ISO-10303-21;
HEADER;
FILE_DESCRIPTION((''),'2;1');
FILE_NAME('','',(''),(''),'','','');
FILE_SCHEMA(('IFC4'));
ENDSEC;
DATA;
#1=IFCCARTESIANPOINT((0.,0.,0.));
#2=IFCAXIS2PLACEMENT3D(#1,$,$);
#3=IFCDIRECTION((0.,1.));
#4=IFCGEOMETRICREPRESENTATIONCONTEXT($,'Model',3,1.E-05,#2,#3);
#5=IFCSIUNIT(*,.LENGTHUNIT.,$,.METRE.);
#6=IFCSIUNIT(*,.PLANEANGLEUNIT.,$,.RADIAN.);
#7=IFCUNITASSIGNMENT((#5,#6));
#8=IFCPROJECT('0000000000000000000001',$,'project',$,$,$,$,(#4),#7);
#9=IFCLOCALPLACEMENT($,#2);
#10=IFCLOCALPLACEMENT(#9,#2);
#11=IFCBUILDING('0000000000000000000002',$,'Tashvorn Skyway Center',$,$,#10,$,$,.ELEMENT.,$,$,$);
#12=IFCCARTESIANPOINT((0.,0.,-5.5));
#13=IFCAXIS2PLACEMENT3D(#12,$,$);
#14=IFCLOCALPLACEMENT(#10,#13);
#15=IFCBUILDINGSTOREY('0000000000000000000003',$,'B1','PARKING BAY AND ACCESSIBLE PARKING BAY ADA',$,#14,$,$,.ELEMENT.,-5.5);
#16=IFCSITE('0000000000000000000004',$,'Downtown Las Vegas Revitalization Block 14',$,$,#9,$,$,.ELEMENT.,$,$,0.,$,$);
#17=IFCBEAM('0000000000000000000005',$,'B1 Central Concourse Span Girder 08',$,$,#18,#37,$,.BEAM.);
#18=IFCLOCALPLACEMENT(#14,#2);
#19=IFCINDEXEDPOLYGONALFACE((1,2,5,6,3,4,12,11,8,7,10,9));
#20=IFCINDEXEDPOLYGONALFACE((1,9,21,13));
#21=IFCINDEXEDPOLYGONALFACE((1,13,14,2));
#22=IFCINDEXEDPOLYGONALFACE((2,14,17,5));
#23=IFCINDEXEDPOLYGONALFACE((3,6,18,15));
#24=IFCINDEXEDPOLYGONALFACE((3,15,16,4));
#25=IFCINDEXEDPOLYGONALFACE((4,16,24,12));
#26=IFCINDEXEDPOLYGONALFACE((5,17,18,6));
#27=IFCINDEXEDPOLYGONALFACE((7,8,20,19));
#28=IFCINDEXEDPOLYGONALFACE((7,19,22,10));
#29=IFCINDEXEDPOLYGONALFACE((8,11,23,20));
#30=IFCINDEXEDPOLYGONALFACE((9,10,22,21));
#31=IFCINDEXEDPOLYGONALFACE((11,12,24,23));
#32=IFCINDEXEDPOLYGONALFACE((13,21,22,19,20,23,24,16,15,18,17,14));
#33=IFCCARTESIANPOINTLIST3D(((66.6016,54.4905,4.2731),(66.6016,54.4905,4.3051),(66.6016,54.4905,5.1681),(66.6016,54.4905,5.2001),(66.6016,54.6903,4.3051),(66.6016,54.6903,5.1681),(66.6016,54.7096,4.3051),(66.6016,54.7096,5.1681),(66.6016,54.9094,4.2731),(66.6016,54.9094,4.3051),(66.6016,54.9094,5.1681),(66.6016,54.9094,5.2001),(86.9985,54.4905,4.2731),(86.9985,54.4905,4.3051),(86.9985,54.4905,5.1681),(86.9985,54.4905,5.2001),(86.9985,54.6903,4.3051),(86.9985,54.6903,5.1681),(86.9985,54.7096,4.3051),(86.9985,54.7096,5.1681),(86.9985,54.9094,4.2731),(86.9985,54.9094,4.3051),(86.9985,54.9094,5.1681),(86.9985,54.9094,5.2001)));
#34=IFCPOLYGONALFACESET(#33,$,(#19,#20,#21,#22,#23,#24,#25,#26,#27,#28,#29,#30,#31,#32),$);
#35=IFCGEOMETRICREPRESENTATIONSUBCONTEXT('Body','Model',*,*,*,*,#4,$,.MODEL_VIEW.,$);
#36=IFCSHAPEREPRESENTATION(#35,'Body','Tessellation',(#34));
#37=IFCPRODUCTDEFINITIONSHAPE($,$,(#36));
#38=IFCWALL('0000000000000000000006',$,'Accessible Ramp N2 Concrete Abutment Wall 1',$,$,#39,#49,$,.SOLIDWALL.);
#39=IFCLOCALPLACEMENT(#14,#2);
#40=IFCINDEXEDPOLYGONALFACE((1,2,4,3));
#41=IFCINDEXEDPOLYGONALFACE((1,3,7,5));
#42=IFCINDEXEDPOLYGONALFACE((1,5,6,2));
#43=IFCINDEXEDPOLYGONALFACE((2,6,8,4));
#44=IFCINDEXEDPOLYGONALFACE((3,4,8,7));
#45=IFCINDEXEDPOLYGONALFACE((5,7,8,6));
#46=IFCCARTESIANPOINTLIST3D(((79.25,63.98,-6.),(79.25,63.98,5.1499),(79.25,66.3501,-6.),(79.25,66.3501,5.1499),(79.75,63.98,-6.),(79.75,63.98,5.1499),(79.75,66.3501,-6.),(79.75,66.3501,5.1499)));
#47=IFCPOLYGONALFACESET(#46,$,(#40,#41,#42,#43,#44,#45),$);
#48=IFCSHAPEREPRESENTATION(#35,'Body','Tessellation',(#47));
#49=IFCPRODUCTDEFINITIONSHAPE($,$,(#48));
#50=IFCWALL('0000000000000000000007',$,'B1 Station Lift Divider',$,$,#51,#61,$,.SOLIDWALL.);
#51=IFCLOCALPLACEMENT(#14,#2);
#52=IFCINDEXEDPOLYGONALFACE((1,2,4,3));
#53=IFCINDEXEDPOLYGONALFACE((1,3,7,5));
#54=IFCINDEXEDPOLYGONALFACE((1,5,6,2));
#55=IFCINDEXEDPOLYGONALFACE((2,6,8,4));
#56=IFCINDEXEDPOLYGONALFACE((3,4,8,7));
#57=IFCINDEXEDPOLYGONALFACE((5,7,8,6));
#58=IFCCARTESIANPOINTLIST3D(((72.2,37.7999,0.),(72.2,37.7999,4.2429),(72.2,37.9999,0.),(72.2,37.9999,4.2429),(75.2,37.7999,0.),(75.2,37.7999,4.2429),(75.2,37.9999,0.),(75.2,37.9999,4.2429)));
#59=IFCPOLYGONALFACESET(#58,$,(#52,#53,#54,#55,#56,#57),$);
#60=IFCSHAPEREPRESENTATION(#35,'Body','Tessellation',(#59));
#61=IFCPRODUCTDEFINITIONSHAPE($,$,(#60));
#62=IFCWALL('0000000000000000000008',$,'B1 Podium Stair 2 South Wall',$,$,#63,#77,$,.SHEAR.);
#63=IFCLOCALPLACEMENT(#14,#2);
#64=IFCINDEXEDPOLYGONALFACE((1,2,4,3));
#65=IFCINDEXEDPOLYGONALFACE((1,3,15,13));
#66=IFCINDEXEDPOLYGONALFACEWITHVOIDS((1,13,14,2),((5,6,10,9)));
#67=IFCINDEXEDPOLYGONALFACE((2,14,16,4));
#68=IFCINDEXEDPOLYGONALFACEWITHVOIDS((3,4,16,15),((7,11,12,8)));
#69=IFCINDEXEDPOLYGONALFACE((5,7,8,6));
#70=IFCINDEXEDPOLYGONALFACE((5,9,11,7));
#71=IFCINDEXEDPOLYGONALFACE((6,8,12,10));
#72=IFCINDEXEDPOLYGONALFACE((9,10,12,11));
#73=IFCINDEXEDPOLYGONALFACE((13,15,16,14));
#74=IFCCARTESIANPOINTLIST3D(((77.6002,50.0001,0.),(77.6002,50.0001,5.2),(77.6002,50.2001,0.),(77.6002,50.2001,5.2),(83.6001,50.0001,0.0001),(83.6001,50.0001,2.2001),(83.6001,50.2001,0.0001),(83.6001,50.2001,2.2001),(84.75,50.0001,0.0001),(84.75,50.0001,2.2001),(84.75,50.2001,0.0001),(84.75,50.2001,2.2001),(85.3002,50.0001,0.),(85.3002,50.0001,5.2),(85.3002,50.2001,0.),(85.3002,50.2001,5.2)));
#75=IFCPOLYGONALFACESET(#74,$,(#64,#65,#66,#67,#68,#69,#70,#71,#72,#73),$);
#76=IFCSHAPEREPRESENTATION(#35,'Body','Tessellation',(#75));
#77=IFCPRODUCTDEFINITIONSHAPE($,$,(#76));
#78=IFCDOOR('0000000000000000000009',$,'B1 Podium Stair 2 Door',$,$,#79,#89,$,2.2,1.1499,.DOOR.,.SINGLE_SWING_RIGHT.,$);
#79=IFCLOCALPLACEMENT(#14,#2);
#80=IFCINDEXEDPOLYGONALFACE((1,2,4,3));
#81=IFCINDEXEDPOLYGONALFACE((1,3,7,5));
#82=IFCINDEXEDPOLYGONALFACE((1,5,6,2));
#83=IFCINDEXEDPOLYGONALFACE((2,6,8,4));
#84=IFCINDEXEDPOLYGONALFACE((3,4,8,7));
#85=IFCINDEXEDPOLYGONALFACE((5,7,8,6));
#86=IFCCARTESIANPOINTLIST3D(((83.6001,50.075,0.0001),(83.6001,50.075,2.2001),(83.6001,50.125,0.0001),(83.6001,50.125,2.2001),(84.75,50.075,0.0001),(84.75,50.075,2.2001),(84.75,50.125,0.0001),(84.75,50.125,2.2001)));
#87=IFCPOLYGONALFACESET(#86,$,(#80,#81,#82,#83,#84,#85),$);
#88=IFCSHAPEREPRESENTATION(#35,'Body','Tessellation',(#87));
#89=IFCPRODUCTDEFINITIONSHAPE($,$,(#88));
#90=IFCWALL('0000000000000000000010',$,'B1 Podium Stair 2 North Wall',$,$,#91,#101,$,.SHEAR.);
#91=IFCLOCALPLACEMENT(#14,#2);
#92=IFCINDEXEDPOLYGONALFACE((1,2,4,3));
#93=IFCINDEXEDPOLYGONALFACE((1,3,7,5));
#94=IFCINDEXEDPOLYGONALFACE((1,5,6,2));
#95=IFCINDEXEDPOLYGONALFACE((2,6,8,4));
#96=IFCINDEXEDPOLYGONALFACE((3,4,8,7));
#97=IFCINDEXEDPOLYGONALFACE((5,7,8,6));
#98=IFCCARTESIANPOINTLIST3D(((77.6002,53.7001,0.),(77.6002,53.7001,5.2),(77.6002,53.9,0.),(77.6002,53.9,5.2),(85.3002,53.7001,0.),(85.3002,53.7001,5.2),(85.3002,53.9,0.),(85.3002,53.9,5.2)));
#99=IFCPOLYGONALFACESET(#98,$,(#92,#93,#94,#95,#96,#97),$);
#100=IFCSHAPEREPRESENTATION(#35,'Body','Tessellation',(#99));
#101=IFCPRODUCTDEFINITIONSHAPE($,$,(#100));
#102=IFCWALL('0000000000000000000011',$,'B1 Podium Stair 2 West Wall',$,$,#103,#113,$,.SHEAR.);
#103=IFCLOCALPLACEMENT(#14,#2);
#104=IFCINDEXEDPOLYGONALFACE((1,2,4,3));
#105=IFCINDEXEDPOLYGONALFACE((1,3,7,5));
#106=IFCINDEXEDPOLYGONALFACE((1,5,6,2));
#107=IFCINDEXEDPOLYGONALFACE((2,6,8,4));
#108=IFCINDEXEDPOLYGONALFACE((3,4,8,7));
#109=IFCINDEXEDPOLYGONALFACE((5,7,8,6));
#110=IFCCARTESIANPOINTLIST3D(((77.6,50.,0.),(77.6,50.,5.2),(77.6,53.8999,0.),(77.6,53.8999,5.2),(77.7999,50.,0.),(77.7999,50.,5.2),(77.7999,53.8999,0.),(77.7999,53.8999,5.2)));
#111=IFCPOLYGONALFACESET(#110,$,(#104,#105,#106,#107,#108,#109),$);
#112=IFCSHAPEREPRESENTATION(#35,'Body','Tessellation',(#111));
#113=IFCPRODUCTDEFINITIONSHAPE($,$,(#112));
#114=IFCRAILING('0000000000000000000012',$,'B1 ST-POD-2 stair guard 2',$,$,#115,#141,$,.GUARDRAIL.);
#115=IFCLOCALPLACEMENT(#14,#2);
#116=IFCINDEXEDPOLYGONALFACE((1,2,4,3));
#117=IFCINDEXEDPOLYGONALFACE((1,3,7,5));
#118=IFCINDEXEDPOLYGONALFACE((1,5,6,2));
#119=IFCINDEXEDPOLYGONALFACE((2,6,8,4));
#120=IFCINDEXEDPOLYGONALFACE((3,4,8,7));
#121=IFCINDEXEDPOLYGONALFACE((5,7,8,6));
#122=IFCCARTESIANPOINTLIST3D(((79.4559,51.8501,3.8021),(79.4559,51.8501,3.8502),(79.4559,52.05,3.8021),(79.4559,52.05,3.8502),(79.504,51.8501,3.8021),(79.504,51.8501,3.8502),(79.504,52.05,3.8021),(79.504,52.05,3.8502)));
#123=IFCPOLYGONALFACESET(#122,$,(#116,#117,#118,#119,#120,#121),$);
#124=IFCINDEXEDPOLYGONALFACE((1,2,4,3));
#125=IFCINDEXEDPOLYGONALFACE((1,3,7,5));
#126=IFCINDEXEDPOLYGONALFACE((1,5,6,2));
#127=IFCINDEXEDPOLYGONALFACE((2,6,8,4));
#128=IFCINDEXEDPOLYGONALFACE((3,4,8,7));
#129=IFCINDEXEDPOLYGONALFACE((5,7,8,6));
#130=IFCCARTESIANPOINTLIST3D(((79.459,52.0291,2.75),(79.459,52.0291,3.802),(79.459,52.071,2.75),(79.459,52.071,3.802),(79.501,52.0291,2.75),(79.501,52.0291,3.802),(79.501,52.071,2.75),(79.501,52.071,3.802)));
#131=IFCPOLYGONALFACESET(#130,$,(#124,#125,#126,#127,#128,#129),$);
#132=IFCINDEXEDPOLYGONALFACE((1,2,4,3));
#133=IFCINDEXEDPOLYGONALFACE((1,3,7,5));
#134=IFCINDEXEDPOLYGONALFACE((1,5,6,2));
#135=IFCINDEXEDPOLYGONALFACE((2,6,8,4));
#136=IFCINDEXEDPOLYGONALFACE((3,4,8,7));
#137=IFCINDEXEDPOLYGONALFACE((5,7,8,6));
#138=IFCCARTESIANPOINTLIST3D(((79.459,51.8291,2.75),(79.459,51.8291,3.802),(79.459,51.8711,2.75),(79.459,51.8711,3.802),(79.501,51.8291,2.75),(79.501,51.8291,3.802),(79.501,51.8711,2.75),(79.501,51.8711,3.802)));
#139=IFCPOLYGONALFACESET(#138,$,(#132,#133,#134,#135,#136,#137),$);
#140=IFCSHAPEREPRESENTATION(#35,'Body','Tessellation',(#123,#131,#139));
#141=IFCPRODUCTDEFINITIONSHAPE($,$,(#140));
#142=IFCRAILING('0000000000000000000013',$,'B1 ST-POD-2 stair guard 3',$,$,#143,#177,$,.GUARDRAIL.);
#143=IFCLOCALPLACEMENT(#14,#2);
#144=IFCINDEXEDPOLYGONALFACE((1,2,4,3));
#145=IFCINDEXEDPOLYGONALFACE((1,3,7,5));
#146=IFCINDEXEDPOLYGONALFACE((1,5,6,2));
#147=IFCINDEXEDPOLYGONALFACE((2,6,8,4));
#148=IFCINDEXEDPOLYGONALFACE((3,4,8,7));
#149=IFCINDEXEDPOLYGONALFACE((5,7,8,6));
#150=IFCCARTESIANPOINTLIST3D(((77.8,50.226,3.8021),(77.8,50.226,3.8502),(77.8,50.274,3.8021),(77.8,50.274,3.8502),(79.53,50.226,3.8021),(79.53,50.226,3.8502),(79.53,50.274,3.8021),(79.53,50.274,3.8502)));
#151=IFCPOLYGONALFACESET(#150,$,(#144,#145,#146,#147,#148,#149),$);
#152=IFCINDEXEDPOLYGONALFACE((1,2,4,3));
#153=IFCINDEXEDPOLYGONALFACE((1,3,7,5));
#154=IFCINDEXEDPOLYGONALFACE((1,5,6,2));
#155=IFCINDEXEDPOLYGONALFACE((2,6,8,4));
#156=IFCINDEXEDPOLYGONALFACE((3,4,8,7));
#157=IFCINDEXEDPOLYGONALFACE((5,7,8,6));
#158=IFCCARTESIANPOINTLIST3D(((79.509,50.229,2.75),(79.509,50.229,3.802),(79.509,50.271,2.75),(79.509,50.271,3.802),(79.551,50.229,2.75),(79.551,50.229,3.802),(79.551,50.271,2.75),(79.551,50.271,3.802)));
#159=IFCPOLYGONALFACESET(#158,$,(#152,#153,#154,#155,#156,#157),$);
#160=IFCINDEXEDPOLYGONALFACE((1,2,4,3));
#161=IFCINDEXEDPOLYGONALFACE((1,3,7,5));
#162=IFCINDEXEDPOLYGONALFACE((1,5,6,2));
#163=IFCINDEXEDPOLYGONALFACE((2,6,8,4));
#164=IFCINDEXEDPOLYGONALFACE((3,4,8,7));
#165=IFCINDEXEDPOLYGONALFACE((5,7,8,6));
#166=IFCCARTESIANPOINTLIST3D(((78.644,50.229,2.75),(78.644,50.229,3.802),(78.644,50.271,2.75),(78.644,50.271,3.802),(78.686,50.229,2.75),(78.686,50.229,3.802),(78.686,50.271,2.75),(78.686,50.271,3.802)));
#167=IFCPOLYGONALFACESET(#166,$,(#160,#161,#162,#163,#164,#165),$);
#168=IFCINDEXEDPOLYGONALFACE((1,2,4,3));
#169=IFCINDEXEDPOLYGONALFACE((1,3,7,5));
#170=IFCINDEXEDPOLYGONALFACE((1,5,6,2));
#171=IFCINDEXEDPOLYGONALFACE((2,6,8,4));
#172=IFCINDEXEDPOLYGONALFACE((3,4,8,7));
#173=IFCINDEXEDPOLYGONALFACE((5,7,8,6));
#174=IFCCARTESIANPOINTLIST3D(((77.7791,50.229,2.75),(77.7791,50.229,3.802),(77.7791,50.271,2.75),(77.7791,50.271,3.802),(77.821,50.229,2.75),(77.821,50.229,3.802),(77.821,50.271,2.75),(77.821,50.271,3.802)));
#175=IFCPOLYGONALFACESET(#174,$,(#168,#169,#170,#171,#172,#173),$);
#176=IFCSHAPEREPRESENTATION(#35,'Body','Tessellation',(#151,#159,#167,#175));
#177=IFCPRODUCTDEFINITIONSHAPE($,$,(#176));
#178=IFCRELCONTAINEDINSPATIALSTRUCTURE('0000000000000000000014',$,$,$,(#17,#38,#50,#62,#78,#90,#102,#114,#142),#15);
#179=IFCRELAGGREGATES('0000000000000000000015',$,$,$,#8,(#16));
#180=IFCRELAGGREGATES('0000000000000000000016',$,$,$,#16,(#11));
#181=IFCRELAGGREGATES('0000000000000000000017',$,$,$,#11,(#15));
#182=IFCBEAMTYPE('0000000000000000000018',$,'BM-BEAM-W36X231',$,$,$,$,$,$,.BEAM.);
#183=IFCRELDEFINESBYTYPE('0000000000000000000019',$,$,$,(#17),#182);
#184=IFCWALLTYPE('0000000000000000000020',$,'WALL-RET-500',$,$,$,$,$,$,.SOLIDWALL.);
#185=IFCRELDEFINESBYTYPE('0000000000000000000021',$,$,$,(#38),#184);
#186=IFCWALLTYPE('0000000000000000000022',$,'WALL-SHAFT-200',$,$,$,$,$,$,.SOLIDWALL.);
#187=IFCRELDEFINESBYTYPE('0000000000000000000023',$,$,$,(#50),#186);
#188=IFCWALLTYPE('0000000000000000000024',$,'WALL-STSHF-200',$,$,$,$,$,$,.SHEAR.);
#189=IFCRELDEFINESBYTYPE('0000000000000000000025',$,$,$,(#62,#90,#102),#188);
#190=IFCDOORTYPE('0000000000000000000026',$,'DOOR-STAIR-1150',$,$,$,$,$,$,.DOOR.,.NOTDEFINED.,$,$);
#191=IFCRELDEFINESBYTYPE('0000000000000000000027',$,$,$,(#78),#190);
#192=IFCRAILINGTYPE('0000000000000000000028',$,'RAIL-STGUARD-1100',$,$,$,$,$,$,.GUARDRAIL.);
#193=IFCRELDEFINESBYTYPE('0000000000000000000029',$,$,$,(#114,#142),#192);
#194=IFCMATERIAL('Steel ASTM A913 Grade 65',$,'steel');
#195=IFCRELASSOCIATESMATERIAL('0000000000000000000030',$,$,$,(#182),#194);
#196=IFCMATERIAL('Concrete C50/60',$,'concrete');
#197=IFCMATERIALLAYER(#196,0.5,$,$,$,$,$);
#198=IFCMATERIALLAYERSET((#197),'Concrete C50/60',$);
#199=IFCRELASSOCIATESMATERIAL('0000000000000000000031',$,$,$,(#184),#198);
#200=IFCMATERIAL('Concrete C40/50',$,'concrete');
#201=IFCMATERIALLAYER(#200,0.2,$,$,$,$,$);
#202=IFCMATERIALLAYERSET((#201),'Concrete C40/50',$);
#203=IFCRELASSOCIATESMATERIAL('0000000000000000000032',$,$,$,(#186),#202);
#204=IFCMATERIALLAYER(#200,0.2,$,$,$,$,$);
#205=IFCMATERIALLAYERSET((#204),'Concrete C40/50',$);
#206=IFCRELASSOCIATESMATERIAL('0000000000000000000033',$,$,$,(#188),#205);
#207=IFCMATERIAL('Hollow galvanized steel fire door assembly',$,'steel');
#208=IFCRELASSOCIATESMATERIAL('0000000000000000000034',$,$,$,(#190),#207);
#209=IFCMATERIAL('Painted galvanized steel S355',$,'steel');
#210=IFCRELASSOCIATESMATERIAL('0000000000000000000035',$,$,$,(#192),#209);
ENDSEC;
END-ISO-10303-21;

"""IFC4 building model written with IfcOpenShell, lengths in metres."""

from ifc_helpers import new_model, si_unit, direction, frame, frame_2d, origin, origin_2d, place, context, subcontext, project, spatial, rectangle, i_section, extrude, material, layer, layer_set, material_profile, profile_set, type_object, element, fill, save


model = new_model("IFC4")

# Units and contexts
model_context = context("Model", 3, precision=1e-05, world=origin(), true_north=direction((0.0, 1.0)))
body_context = subcontext(model_context, "Body", "Model", "MODEL_VIEW")
ifc_project = project(units=[si_unit("LENGTHUNIT", "METRE"), si_unit("PLANEANGLEUNIT", "RADIAN")], contexts=[model_context])

# Site, building, storey
site_placement = place(None, origin())
site = spatial("IfcSite", under=ifc_project, at=site_placement, Name="Downtown Las Vegas Revitalization Block 14", CompositionType="ELEMENT", RefElevation=0.0)
building_placement = place(site_placement, origin())
building = spatial("IfcBuilding", under=site, at=building_placement, Name="Tashvorn Skyway Center", CompositionType="ELEMENT")
storey_placement = place(building_placement, frame((0.0, 0.0, -5.5)))
storey = spatial("IfcBuildingStorey", under=building, at=storey_placement, Name="B1", Description="PARKING BAY AND ACCESSIBLE PARKING BAY ADA", CompositionType="ELEMENT", Elevation=-5.5)

# Shared definitions
ifc_material_1 = material(Name="Concrete C50/60", Category="concrete")

# Beam
ifc_material_2 = material(Name="Steel ASTM A913 Grade 65", Category="steel")
ifc_material_profile_1 = material_profile(ifc_material_2, i_section(OverallWidth=0.4189, OverallDepth=0.927, WebThickness=0.0193, FlangeThickness=0.032, at=origin_2d()), Name="W36X231")
ifc_profile_set_1 = profile_set([ifc_material_profile_1], Name="Steel ASTM A913 Grade 65")
beam_type_1 = type_object("IfcBeamType", Name="BM-BEAM-W36X231", PredefinedType="BEAM", material=ifc_profile_set_1)
for number, where, z_axis, x_axis, name in (
    (1, (66.6016, 54.7, 4.7366), (1.0, 0.0, 0.0), (0.0, 1.0, 0.0), "B1 Central Concourse Span Girder 08"),
):
    element("IfcBeam", number, at=place(storey_placement, frame(where, z_axis=z_axis, x_axis=x_axis)), inside=storey, type_object=beam_type_1, Name=name, PredefinedType="BEAM", context=body_context, shape_type="SweptSolid", body=[
        extrude(i_section(OverallWidth=0.4189, OverallDepth=0.927, WebThickness=0.0193, FlangeThickness=0.032, at=origin_2d()), origin(), (0.0, 0.0, 1.0), 20.397),
    ])

# Walls
ifc_layer_1 = layer(ifc_material_1, 0.5)
ifc_layer_set_1 = layer_set([ifc_layer_1], Name="Concrete C50/60")
wall_type_1 = type_object("IfcWallType", Name="WALL-RET-500", PredefinedType="SOLIDWALL", material=ifc_layer_set_1)
wall_1_placement = place(storey_placement, frame((79.5, 66.3501, -6.0), z_axis=(0.0, 0.0, 1.0), x_axis=(0.0, -1.0, 0.0)))
element("IfcWall", 2, at=wall_1_placement, inside=storey, type_object=wall_type_1, Name="Accessible Ramp N2 Concrete Abutment Wall 1", PredefinedType="SOLIDWALL", context=body_context, shape_type="SweptSolid", body=[
    extrude(rectangle(XDim=2.3701, YDim=0.5, at=frame_2d((1.1851, 0.0))), origin(), (0.0, 0.0, 1.0), 11.1499),
])
ifc_material_3 = material(Name="Concrete C40/50", Category="concrete")
ifc_layer_2 = layer(ifc_material_3, 0.2)
ifc_layer_set_2 = layer_set([ifc_layer_2], Name="Concrete C40/50")
wall_type_2 = type_object("IfcWallType", Name="WALL-SHAFT-200", PredefinedType="SOLIDWALL", material=ifc_layer_set_2)
wall_2_placement = place(storey_placement, frame((72.2, 37.8999, 0.0), z_axis=(0.0, 0.0, 1.0), x_axis=(1.0, 0.0, 0.0)))
element("IfcWall", 3, at=wall_2_placement, inside=storey, type_object=wall_type_2, Name="B1 Station Lift Divider", PredefinedType="SOLIDWALL", context=body_context, shape_type="SweptSolid", body=[
    extrude(rectangle(XDim=3.0, YDim=0.2, at=frame_2d((1.5, 0.0))), origin(), (0.0, 0.0, 1.0), 4.2429),
])

# Wall, opening, door
ifc_layer_3 = layer(ifc_material_3, 0.2)
ifc_layer_set_3 = layer_set([ifc_layer_3], Name="Concrete C40/50")
wall_type_3 = type_object("IfcWallType", Name="WALL-STSHF-200", PredefinedType="SHEAR", material=ifc_layer_set_3)
wall_3_placement = place(storey_placement, frame((77.6001, 50.1001, 0.0), z_axis=(0.0, 0.0, 1.0), x_axis=(1.0, 0.0, 0.0)))
wall_3 = element("IfcWall", 4, at=wall_3_placement, inside=storey, type_object=wall_type_3, Name="B1 Podium Stair 2 South Wall", PredefinedType="SHEAR", context=body_context, shape_type="SweptSolid", body=[
    extrude(rectangle(XDim=7.7, YDim=0.2, at=frame_2d((3.8501, 0.0))), origin(), (0.0, 0.0, 1.0), 5.2),
])
opening_placement = place(wall_3_placement, frame((6.0, 0.0, 0.0)))
opening = element("IfcOpeningElement", 5, at=opening_placement, cuts=wall_3, PredefinedType="OPENING", context=body_context, shape_type="SweptSolid", body=[
    extrude(rectangle(XDim=1.1499, YDim=2.2, at=frame_2d((0.575, 1.1001))), frame((0.0, 0.1099, 0.0), z_axis=(0.0, -1.0, 0.0), x_axis=(1.0, 0.0, 0.0)), (0.0, 0.0, 1.0), 0.22),
])
ifc_material_4 = material(Name="Hollow galvanized steel fire door assembly", Category="steel")
door_type = type_object("IfcDoorType", Name="DOOR-STAIR-1150", OperationType="NOTDEFINED", PredefinedType="DOOR", material=ifc_material_4)
door_placement = place(opening_placement, origin())
door = element("IfcDoor", 6, at=door_placement, inside=storey, type_object=door_type, Name="B1 Podium Stair 2 Door", OperationType="SINGLE_SWING_RIGHT", OverallHeight=2.2, OverallWidth=1.1499, PredefinedType="DOOR", context=body_context, shape_type="SweptSolid", body=[
    extrude(rectangle(XDim=1.1499, YDim=2.2, at=frame_2d((0.575, 1.1001))), frame((0.0, 0.0249, 0.0), z_axis=(0.0, -1.0, 0.0), x_axis=(1.0, 0.0, 0.0)), (0.0, 0.0, 1.0), 0.05),
])
fill(opening, door)

# Walls
wall_4_placement = place(storey_placement, frame((77.6001, 53.8, 0.0), z_axis=(0.0, 0.0, 1.0), x_axis=(1.0, 0.0, 0.0)))
element("IfcWall", 7, at=wall_4_placement, inside=storey, type_object=wall_type_3, Name="B1 Podium Stair 2 North Wall", PredefinedType="SHEAR", context=body_context, shape_type="SweptSolid", body=[
    extrude(rectangle(XDim=7.7, YDim=0.2, at=frame_2d((3.8501, 0.0))), origin(), (0.0, 0.0, 1.0), 5.2),
])
wall_5_placement = place(storey_placement, frame((77.7, 50.0, 0.0), z_axis=(0.0, 0.0, 1.0), x_axis=(0.0, 1.0, 0.0)))
element("IfcWall", 8, at=wall_5_placement, inside=storey, type_object=wall_type_3, Name="B1 Podium Stair 2 West Wall", PredefinedType="SHEAR", context=body_context, shape_type="SweptSolid", body=[
    extrude(rectangle(XDim=3.8999, YDim=0.2, at=frame_2d((1.95, 0.0))), origin(), (0.0, 0.0, 1.0), 5.2),
])

# Railings
ifc_material_5 = material(Name="Painted galvanized steel S355", Category="steel")
railing_type = type_object("IfcRailingType", Name="RAIL-STGUARD-1100", PredefinedType="GUARDRAIL", material=ifc_material_5)
railing_1_placement = place(storey_placement, frame((79.48, 52.05, 2.75)))
element("IfcRailing", 9, at=railing_1_placement, inside=storey, type_object=railing_type, Name="B1 ST-POD-2 stair guard 2", PredefinedType="GUARDRAIL", context=body_context, shape_type="SweptSolid", body=[
    extrude(rectangle(XDim=0.0481, YDim=0.0481, at=origin_2d()), frame((0.0, 0.0, 1.0762), z_axis=(0.0, -1.0, 0.0), x_axis=(1.0, 0.0, 0.0)), (0.0, 0.0, 1.0), 0.2),
    extrude(rectangle(XDim=0.042, YDim=0.042, at=origin_2d()), origin(), (0.0, 0.0, 1.0), 1.052),
    extrude(rectangle(XDim=0.042, YDim=0.042, at=origin_2d()), frame((0.0, -0.2, 0.0)), (0.0, 0.0, 1.0), 1.052),
])
railing_2_placement = place(storey_placement, frame((79.53, 50.25, 2.75)))
element("IfcRailing", 10, at=railing_2_placement, inside=storey, type_object=railing_type, Name="B1 ST-POD-2 stair guard 3", PredefinedType="GUARDRAIL", context=body_context, shape_type="SweptSolid", body=[
    extrude(rectangle(XDim=0.0481, YDim=0.0481, at=origin_2d()), frame((0.0, 0.0, 1.0762), z_axis=(-1.0, 0.0, 0.0), x_axis=(0.0, -1.0, 0.0)), (0.0, 0.0, 1.0), 1.73),
    extrude(rectangle(XDim=0.042, YDim=0.042, at=origin_2d()), origin(), (0.0, 0.0, 1.0), 1.052),
    extrude(rectangle(XDim=0.042, YDim=0.042, at=origin_2d()), frame((-0.865, 0.0, 0.0)), (0.0, 0.0, 1.0), 1.052),
    extrude(rectangle(XDim=0.042, YDim=0.042, at=origin_2d()), frame((-1.73, 0.0, 0.0)), (0.0, 0.0, 1.0), 1.052),
])

save(model, "model.ifc")
